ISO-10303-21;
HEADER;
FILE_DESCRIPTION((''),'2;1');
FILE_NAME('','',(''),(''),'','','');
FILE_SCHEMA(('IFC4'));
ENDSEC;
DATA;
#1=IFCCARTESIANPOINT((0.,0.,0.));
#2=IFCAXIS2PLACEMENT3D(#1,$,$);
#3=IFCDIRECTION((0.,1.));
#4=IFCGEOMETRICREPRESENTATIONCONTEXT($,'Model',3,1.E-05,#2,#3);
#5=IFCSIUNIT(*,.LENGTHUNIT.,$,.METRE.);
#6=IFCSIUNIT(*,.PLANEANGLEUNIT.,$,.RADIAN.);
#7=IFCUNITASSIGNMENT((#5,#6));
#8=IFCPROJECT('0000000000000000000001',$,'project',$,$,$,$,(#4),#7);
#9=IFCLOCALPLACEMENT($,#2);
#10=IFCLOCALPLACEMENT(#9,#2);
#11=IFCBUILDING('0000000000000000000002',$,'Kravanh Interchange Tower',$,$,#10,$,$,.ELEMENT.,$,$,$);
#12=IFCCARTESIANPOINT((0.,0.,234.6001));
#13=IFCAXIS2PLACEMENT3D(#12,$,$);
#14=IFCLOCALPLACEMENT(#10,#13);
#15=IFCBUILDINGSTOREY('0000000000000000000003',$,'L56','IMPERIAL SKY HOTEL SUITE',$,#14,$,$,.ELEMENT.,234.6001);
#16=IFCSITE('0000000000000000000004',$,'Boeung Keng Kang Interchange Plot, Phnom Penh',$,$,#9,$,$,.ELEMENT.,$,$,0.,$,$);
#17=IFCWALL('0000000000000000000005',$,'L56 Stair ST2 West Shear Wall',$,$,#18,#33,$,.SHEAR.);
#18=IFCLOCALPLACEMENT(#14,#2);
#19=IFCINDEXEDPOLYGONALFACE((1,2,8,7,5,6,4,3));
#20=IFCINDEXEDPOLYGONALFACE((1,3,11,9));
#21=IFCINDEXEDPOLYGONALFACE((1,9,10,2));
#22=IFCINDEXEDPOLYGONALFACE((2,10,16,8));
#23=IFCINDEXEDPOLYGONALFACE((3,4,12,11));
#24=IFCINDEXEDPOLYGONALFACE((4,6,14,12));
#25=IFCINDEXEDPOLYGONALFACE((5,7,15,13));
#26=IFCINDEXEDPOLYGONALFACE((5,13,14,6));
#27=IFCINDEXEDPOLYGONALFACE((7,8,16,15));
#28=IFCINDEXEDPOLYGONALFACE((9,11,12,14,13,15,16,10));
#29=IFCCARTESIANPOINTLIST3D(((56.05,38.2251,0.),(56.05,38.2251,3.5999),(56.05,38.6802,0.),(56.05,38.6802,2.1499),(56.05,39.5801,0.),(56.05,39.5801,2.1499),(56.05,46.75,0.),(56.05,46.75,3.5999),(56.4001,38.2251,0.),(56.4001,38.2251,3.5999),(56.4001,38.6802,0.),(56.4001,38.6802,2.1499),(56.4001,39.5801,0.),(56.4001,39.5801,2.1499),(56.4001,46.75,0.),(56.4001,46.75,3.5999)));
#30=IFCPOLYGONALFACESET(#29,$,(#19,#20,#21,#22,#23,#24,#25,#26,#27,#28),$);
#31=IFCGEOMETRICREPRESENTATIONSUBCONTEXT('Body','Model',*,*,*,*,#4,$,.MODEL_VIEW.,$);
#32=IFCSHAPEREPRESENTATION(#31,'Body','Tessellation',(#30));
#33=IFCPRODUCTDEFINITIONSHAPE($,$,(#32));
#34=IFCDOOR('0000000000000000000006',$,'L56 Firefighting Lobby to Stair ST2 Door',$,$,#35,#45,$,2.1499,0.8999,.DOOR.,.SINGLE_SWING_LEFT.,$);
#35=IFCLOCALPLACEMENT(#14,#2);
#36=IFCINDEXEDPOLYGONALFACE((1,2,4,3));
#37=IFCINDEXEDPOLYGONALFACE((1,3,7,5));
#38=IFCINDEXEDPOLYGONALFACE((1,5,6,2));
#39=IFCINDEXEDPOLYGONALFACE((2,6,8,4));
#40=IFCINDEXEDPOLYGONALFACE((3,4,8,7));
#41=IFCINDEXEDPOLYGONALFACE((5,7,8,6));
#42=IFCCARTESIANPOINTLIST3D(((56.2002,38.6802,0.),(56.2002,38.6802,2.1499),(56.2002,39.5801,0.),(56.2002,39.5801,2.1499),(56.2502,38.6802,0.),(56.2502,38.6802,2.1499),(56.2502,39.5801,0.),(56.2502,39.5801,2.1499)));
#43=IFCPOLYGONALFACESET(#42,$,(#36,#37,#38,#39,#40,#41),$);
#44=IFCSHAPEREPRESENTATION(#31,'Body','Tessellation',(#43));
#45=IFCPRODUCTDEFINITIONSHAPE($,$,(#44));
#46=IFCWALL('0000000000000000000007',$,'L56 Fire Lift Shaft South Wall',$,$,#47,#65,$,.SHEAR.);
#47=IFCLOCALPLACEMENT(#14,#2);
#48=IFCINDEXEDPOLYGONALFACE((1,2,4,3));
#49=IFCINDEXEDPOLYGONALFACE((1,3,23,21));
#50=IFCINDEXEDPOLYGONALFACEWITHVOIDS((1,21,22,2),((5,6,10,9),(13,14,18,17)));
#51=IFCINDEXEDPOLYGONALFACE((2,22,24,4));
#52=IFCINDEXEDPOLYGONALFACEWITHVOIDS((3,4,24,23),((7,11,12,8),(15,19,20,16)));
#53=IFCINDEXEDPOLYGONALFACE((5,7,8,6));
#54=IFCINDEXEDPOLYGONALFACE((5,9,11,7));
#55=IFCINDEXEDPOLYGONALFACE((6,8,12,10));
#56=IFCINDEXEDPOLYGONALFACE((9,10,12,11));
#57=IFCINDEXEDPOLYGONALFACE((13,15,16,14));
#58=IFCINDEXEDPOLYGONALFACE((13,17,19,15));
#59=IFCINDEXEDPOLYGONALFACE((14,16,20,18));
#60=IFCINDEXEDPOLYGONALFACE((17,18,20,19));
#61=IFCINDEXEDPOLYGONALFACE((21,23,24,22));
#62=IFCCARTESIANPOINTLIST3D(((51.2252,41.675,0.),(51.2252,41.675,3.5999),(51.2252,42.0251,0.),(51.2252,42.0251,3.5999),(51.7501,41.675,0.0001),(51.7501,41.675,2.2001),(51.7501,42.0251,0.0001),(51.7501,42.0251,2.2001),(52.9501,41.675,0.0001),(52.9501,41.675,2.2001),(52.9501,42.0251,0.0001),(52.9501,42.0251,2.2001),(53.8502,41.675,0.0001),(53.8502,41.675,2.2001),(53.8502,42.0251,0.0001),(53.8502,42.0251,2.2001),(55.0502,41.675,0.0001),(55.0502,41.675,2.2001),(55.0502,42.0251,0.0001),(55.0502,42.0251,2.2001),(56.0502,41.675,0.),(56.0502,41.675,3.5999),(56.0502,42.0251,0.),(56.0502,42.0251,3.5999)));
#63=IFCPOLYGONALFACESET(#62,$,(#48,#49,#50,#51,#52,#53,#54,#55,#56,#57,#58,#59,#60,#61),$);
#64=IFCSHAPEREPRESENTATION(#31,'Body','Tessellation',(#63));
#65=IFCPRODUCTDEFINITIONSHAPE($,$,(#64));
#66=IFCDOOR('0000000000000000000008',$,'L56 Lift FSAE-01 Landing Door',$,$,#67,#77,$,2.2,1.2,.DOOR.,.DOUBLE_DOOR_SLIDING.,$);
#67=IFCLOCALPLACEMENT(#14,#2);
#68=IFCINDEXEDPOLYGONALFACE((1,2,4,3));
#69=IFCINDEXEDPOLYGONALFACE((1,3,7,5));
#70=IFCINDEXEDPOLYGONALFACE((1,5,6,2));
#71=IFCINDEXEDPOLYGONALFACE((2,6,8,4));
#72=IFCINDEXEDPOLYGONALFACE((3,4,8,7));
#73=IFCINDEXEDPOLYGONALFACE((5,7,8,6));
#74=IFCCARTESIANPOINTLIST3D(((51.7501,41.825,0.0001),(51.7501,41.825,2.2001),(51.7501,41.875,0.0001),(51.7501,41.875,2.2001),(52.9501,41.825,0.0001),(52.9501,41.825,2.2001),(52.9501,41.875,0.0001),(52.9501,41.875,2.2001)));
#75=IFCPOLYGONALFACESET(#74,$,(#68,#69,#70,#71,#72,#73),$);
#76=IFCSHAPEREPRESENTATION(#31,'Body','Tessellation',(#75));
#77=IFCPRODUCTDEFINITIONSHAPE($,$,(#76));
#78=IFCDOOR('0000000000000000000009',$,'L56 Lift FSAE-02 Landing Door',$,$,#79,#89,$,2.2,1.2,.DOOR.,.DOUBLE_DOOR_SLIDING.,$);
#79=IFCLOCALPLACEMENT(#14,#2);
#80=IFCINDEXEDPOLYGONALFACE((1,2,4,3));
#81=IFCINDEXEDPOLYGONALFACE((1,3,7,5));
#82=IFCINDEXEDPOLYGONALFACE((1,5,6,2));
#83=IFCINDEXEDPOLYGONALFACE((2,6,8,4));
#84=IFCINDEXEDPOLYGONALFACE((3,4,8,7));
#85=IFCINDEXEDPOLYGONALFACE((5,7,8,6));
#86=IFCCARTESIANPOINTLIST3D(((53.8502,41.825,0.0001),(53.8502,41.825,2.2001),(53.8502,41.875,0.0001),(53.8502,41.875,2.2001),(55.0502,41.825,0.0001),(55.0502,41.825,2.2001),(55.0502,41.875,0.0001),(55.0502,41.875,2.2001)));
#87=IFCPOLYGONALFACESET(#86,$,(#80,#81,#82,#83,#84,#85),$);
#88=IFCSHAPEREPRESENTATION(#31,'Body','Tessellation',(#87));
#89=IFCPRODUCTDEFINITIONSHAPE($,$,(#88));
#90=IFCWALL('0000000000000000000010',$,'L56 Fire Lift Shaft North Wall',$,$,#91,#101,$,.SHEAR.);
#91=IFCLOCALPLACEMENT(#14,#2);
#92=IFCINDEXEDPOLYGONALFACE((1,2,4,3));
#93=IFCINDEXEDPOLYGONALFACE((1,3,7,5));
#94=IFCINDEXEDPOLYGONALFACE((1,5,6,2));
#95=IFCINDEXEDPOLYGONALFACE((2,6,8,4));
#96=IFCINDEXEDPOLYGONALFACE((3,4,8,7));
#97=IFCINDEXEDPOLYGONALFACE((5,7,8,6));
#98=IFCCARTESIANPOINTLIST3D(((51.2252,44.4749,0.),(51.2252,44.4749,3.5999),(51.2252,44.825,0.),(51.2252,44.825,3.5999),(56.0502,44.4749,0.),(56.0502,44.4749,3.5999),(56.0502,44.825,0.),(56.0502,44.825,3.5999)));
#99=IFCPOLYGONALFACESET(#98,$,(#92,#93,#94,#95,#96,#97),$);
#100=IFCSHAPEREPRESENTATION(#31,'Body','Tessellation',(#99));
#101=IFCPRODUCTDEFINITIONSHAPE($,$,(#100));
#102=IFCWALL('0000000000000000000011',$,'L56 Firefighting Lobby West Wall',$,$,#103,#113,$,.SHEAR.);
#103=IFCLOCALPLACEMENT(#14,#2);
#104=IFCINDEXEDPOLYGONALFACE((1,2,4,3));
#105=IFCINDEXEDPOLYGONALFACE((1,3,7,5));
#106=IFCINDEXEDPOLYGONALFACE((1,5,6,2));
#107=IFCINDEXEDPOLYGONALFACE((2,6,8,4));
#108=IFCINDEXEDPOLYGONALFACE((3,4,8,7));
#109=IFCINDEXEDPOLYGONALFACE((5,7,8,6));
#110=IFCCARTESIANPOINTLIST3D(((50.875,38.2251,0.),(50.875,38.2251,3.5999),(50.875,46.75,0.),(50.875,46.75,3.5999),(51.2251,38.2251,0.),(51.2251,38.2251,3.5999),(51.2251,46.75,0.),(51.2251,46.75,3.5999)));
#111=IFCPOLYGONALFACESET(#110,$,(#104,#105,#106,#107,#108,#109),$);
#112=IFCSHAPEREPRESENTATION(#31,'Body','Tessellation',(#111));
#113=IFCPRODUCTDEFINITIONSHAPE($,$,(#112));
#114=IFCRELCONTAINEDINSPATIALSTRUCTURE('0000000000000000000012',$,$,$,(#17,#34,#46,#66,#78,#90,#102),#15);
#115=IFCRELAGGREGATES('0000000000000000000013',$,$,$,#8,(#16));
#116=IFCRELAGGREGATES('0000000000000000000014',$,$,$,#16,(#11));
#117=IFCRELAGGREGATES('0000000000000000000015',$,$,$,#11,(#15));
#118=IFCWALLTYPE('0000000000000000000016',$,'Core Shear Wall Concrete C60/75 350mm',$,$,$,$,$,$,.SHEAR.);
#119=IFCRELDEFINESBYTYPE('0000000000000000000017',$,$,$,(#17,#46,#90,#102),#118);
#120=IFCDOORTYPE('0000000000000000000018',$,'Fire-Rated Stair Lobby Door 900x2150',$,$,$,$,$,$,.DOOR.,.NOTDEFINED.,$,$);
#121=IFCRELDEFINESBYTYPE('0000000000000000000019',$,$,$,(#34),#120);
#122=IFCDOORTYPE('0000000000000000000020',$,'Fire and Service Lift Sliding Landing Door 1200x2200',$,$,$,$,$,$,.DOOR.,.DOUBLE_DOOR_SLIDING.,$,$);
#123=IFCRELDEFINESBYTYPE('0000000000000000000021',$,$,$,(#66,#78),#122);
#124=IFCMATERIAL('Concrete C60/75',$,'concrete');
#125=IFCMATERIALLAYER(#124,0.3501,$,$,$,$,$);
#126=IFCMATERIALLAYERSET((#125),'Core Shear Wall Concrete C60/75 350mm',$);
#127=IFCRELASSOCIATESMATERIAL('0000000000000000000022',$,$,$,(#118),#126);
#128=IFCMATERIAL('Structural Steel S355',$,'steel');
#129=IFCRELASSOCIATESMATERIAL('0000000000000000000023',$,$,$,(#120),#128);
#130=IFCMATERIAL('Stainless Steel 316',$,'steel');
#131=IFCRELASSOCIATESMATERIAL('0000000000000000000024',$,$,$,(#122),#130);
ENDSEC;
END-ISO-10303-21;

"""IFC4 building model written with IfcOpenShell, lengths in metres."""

from ifc_helpers import new_model, si_unit, direction, frame, frame_2d, origin, place, context, subcontext, project, spatial, rectangle, extrude, material, layer, layer_set, type_object, element, fill, save


model = new_model("IFC4")

# Units and contexts
model_context = context("Model", 3, precision=1e-05, world=origin(), true_north=direction((0.0, 1.0)))
body_context = subcontext(model_context, "Body", "Model", "MODEL_VIEW")
ifc_project = project(units=[si_unit("LENGTHUNIT", "METRE"), si_unit("PLANEANGLEUNIT", "RADIAN")], contexts=[model_context])

# Site, building, storey
site_placement = place(None, origin())
site = spatial("IfcSite", under=ifc_project, at=site_placement, Name="Boeung Keng Kang Interchange Plot, Phnom Penh", CompositionType="ELEMENT", RefElevation=0.0)
building_placement = place(site_placement, origin())
building = spatial("IfcBuilding", under=site, at=building_placement, Name="Kravanh Interchange Tower", CompositionType="ELEMENT")
storey_placement = place(building_placement, frame((0.0, 0.0, 234.6001)))
storey = spatial("IfcBuildingStorey", under=building, at=storey_placement, Name="L56", Description="IMPERIAL SKY HOTEL SUITE", CompositionType="ELEMENT", Elevation=234.6001)

# Wall, opening, door
ifc_material_1 = material(Name="Concrete C60/75", Category="concrete")
ifc_layer_1 = layer(ifc_material_1, 0.3501)
ifc_layer_set_1 = layer_set([ifc_layer_1], Name="Core Shear Wall Concrete C60/75 350mm")
wall_type_1 = type_object("IfcWallType", Name="Core Shear Wall Concrete C60/75 350mm", PredefinedType="SHEAR", material=ifc_layer_set_1)
wall_1_placement = place(storey_placement, frame((56.2251, 38.2251, 0.0), z_axis=(0.0, 0.0, 1.0), x_axis=(0.0, 1.0, 0.0)))
wall_1 = element("IfcWall", 1, at=wall_1_placement, inside=storey, type_object=wall_type_1, Name="L56 Stair ST2 West Shear Wall", PredefinedType="SHEAR", context=body_context, shape_type="SweptSolid", body=[
    extrude(rectangle(XDim=8.5249, YDim=0.3501, at=frame_2d((4.2625, 0.0))), origin(), (0.0, 0.0, 1.0), 3.5999),
])
opening_1_placement = place(wall_1_placement, frame((0.4551, 0.0, 0.0)))
opening_1 = element("IfcOpeningElement", 2, at=opening_1_placement, cuts=wall_1, PredefinedType="OPENING", context=body_context, shape_type="SweptSolid", body=[
    extrude(rectangle(XDim=0.8999, YDim=2.1499, at=frame_2d((0.45, 1.075))), frame((0.0, 0.1851, 0.0), z_axis=(0.0, -1.0, 0.0), x_axis=(1.0, 0.0, 0.0)), (0.0, 0.0, 1.0), 0.3701),
])
ifc_material_2 = material(Name="Structural Steel S355", Category="steel")
door_type_1 = type_object("IfcDoorType", Name="Fire-Rated Stair Lobby Door 900x2150", OperationType="NOTDEFINED", PredefinedType="DOOR", material=ifc_material_2)
door_1_placement = place(opening_1_placement, origin())
door_1 = element("IfcDoor", 3, at=door_1_placement, inside=storey, type_object=door_type_1, Name="L56 Firefighting Lobby to Stair ST2 Door", OperationType="SINGLE_SWING_LEFT", OverallHeight=2.1499, OverallWidth=0.8999, PredefinedType="DOOR", context=body_context, shape_type="SweptSolid", body=[
    extrude(rectangle(XDim=0.8999, YDim=2.1499, at=frame_2d((0.45, 1.075))), frame((0.0, 0.0249, 0.0), z_axis=(0.0, -1.0, 0.0), x_axis=(1.0, 0.0, 0.0)), (0.0, 0.0, 1.0), 0.05),
])
fill(opening_1, door_1)

# Wall, openings, doors
wall_2_placement = place(storey_placement, frame((51.2251, 41.8501, 0.0), z_axis=(0.0, 0.0, 1.0), x_axis=(1.0, 0.0, 0.0)))
wall_2 = element("IfcWall", 4, at=wall_2_placement, inside=storey, type_object=wall_type_1, Name="L56 Fire Lift Shaft South Wall", PredefinedType="SHEAR", context=body_context, shape_type="SweptSolid", body=[
    extrude(rectangle(XDim=4.825, YDim=0.3501, at=frame_2d((2.4126, 0.0))), origin(), (0.0, 0.0, 1.0), 3.5999),
])
opening_2_placement = place(wall_2_placement, frame((0.5249, 0.0, 0.0)))
opening_2 = element("IfcOpeningElement", 5, at=opening_2_placement, cuts=wall_2, PredefinedType="OPENING", context=body_context, shape_type="SweptSolid", body=[
    extrude(rectangle(XDim=1.2, YDim=2.2, at=frame_2d((0.6001, 1.1001))), frame((0.0, 0.1851, 0.0), z_axis=(0.0, -1.0, 0.0), x_axis=(1.0, 0.0, 0.0)), (0.0, 0.0, 1.0), 0.3701),
])
opening_3_placement = place(wall_2_placement, frame((2.625, 0.0, 0.0)))
opening_3 = element("IfcOpeningElement", 6, at=opening_3_placement, cuts=wall_2, PredefinedType="OPENING", context=body_context, shape_type="SweptSolid", body=[
    extrude(rectangle(XDim=1.2, YDim=2.2, at=frame_2d((0.6001, 1.1001))), frame((0.0, 0.1851, 0.0), z_axis=(0.0, -1.0, 0.0), x_axis=(1.0, 0.0, 0.0)), (0.0, 0.0, 1.0), 0.3701),
])
ifc_material_3 = material(Name="Stainless Steel 316", Category="steel")
door_type_2 = type_object("IfcDoorType", Name="Fire and Service Lift Sliding Landing Door 1200x2200", OperationType="DOUBLE_DOOR_SLIDING", PredefinedType="DOOR", material=ifc_material_3)
door_2_placement = place(opening_2_placement, origin())
door_2 = element("IfcDoor", 7, at=door_2_placement, inside=storey, type_object=door_type_2, Name="L56 Lift FSAE-01 Landing Door", OperationType="DOUBLE_DOOR_SLIDING", OverallHeight=2.2, OverallWidth=1.2, PredefinedType="DOOR", context=body_context, shape_type="SweptSolid", body=[
    extrude(rectangle(XDim=1.2, YDim=2.2, at=frame_2d((0.6001, 1.1001))), frame((0.0, 0.0249, 0.0), z_axis=(0.0, -1.0, 0.0), x_axis=(1.0, 0.0, 0.0)), (0.0, 0.0, 1.0), 0.05),
])
fill(opening_2, door_2)
door_3_placement = place(opening_3_placement, origin())
door_3 = element("IfcDoor", 8, at=door_3_placement, inside=storey, type_object=door_type_2, Name="L56 Lift FSAE-02 Landing Door", OperationType="DOUBLE_DOOR_SLIDING", OverallHeight=2.2, OverallWidth=1.2, PredefinedType="DOOR", context=body_context, shape_type="SweptSolid", body=[
    extrude(rectangle(XDim=1.2, YDim=2.2, at=frame_2d((0.6001, 1.1001))), frame((0.0, 0.0249, 0.0), z_axis=(0.0, -1.0, 0.0), x_axis=(1.0, 0.0, 0.0)), (0.0, 0.0, 1.0), 0.05),
])
fill(opening_3, door_3)

# Walls
wall_3_placement = place(storey_placement, frame((51.2251, 44.6499, 0.0), z_axis=(0.0, 0.0, 1.0), x_axis=(1.0, 0.0, 0.0)))
element("IfcWall", 9, at=wall_3_placement, inside=storey, type_object=wall_type_1, Name="L56 Fire Lift Shaft North Wall", PredefinedType="SHEAR", context=body_context, shape_type="SweptSolid", body=[
    extrude(rectangle(XDim=4.825, YDim=0.3501, at=frame_2d((2.4126, 0.0))), origin(), (0.0, 0.0, 1.0), 3.5999),
])
wall_4_placement = place(storey_placement, frame((51.05, 38.2251, 0.0), z_axis=(0.0, 0.0, 1.0), x_axis=(0.0, 1.0, 0.0)))
element("IfcWall", 10, at=wall_4_placement, inside=storey, type_object=wall_type_1, Name="L56 Firefighting Lobby West Wall", PredefinedType="SHEAR", context=body_context, shape_type="SweptSolid", body=[
    extrude(rectangle(XDim=8.5249, YDim=0.3501, at=frame_2d((4.2625, 0.0))), origin(), (0.0, 0.0, 1.0), 3.5999),
])

save(model, "model.ifc")
